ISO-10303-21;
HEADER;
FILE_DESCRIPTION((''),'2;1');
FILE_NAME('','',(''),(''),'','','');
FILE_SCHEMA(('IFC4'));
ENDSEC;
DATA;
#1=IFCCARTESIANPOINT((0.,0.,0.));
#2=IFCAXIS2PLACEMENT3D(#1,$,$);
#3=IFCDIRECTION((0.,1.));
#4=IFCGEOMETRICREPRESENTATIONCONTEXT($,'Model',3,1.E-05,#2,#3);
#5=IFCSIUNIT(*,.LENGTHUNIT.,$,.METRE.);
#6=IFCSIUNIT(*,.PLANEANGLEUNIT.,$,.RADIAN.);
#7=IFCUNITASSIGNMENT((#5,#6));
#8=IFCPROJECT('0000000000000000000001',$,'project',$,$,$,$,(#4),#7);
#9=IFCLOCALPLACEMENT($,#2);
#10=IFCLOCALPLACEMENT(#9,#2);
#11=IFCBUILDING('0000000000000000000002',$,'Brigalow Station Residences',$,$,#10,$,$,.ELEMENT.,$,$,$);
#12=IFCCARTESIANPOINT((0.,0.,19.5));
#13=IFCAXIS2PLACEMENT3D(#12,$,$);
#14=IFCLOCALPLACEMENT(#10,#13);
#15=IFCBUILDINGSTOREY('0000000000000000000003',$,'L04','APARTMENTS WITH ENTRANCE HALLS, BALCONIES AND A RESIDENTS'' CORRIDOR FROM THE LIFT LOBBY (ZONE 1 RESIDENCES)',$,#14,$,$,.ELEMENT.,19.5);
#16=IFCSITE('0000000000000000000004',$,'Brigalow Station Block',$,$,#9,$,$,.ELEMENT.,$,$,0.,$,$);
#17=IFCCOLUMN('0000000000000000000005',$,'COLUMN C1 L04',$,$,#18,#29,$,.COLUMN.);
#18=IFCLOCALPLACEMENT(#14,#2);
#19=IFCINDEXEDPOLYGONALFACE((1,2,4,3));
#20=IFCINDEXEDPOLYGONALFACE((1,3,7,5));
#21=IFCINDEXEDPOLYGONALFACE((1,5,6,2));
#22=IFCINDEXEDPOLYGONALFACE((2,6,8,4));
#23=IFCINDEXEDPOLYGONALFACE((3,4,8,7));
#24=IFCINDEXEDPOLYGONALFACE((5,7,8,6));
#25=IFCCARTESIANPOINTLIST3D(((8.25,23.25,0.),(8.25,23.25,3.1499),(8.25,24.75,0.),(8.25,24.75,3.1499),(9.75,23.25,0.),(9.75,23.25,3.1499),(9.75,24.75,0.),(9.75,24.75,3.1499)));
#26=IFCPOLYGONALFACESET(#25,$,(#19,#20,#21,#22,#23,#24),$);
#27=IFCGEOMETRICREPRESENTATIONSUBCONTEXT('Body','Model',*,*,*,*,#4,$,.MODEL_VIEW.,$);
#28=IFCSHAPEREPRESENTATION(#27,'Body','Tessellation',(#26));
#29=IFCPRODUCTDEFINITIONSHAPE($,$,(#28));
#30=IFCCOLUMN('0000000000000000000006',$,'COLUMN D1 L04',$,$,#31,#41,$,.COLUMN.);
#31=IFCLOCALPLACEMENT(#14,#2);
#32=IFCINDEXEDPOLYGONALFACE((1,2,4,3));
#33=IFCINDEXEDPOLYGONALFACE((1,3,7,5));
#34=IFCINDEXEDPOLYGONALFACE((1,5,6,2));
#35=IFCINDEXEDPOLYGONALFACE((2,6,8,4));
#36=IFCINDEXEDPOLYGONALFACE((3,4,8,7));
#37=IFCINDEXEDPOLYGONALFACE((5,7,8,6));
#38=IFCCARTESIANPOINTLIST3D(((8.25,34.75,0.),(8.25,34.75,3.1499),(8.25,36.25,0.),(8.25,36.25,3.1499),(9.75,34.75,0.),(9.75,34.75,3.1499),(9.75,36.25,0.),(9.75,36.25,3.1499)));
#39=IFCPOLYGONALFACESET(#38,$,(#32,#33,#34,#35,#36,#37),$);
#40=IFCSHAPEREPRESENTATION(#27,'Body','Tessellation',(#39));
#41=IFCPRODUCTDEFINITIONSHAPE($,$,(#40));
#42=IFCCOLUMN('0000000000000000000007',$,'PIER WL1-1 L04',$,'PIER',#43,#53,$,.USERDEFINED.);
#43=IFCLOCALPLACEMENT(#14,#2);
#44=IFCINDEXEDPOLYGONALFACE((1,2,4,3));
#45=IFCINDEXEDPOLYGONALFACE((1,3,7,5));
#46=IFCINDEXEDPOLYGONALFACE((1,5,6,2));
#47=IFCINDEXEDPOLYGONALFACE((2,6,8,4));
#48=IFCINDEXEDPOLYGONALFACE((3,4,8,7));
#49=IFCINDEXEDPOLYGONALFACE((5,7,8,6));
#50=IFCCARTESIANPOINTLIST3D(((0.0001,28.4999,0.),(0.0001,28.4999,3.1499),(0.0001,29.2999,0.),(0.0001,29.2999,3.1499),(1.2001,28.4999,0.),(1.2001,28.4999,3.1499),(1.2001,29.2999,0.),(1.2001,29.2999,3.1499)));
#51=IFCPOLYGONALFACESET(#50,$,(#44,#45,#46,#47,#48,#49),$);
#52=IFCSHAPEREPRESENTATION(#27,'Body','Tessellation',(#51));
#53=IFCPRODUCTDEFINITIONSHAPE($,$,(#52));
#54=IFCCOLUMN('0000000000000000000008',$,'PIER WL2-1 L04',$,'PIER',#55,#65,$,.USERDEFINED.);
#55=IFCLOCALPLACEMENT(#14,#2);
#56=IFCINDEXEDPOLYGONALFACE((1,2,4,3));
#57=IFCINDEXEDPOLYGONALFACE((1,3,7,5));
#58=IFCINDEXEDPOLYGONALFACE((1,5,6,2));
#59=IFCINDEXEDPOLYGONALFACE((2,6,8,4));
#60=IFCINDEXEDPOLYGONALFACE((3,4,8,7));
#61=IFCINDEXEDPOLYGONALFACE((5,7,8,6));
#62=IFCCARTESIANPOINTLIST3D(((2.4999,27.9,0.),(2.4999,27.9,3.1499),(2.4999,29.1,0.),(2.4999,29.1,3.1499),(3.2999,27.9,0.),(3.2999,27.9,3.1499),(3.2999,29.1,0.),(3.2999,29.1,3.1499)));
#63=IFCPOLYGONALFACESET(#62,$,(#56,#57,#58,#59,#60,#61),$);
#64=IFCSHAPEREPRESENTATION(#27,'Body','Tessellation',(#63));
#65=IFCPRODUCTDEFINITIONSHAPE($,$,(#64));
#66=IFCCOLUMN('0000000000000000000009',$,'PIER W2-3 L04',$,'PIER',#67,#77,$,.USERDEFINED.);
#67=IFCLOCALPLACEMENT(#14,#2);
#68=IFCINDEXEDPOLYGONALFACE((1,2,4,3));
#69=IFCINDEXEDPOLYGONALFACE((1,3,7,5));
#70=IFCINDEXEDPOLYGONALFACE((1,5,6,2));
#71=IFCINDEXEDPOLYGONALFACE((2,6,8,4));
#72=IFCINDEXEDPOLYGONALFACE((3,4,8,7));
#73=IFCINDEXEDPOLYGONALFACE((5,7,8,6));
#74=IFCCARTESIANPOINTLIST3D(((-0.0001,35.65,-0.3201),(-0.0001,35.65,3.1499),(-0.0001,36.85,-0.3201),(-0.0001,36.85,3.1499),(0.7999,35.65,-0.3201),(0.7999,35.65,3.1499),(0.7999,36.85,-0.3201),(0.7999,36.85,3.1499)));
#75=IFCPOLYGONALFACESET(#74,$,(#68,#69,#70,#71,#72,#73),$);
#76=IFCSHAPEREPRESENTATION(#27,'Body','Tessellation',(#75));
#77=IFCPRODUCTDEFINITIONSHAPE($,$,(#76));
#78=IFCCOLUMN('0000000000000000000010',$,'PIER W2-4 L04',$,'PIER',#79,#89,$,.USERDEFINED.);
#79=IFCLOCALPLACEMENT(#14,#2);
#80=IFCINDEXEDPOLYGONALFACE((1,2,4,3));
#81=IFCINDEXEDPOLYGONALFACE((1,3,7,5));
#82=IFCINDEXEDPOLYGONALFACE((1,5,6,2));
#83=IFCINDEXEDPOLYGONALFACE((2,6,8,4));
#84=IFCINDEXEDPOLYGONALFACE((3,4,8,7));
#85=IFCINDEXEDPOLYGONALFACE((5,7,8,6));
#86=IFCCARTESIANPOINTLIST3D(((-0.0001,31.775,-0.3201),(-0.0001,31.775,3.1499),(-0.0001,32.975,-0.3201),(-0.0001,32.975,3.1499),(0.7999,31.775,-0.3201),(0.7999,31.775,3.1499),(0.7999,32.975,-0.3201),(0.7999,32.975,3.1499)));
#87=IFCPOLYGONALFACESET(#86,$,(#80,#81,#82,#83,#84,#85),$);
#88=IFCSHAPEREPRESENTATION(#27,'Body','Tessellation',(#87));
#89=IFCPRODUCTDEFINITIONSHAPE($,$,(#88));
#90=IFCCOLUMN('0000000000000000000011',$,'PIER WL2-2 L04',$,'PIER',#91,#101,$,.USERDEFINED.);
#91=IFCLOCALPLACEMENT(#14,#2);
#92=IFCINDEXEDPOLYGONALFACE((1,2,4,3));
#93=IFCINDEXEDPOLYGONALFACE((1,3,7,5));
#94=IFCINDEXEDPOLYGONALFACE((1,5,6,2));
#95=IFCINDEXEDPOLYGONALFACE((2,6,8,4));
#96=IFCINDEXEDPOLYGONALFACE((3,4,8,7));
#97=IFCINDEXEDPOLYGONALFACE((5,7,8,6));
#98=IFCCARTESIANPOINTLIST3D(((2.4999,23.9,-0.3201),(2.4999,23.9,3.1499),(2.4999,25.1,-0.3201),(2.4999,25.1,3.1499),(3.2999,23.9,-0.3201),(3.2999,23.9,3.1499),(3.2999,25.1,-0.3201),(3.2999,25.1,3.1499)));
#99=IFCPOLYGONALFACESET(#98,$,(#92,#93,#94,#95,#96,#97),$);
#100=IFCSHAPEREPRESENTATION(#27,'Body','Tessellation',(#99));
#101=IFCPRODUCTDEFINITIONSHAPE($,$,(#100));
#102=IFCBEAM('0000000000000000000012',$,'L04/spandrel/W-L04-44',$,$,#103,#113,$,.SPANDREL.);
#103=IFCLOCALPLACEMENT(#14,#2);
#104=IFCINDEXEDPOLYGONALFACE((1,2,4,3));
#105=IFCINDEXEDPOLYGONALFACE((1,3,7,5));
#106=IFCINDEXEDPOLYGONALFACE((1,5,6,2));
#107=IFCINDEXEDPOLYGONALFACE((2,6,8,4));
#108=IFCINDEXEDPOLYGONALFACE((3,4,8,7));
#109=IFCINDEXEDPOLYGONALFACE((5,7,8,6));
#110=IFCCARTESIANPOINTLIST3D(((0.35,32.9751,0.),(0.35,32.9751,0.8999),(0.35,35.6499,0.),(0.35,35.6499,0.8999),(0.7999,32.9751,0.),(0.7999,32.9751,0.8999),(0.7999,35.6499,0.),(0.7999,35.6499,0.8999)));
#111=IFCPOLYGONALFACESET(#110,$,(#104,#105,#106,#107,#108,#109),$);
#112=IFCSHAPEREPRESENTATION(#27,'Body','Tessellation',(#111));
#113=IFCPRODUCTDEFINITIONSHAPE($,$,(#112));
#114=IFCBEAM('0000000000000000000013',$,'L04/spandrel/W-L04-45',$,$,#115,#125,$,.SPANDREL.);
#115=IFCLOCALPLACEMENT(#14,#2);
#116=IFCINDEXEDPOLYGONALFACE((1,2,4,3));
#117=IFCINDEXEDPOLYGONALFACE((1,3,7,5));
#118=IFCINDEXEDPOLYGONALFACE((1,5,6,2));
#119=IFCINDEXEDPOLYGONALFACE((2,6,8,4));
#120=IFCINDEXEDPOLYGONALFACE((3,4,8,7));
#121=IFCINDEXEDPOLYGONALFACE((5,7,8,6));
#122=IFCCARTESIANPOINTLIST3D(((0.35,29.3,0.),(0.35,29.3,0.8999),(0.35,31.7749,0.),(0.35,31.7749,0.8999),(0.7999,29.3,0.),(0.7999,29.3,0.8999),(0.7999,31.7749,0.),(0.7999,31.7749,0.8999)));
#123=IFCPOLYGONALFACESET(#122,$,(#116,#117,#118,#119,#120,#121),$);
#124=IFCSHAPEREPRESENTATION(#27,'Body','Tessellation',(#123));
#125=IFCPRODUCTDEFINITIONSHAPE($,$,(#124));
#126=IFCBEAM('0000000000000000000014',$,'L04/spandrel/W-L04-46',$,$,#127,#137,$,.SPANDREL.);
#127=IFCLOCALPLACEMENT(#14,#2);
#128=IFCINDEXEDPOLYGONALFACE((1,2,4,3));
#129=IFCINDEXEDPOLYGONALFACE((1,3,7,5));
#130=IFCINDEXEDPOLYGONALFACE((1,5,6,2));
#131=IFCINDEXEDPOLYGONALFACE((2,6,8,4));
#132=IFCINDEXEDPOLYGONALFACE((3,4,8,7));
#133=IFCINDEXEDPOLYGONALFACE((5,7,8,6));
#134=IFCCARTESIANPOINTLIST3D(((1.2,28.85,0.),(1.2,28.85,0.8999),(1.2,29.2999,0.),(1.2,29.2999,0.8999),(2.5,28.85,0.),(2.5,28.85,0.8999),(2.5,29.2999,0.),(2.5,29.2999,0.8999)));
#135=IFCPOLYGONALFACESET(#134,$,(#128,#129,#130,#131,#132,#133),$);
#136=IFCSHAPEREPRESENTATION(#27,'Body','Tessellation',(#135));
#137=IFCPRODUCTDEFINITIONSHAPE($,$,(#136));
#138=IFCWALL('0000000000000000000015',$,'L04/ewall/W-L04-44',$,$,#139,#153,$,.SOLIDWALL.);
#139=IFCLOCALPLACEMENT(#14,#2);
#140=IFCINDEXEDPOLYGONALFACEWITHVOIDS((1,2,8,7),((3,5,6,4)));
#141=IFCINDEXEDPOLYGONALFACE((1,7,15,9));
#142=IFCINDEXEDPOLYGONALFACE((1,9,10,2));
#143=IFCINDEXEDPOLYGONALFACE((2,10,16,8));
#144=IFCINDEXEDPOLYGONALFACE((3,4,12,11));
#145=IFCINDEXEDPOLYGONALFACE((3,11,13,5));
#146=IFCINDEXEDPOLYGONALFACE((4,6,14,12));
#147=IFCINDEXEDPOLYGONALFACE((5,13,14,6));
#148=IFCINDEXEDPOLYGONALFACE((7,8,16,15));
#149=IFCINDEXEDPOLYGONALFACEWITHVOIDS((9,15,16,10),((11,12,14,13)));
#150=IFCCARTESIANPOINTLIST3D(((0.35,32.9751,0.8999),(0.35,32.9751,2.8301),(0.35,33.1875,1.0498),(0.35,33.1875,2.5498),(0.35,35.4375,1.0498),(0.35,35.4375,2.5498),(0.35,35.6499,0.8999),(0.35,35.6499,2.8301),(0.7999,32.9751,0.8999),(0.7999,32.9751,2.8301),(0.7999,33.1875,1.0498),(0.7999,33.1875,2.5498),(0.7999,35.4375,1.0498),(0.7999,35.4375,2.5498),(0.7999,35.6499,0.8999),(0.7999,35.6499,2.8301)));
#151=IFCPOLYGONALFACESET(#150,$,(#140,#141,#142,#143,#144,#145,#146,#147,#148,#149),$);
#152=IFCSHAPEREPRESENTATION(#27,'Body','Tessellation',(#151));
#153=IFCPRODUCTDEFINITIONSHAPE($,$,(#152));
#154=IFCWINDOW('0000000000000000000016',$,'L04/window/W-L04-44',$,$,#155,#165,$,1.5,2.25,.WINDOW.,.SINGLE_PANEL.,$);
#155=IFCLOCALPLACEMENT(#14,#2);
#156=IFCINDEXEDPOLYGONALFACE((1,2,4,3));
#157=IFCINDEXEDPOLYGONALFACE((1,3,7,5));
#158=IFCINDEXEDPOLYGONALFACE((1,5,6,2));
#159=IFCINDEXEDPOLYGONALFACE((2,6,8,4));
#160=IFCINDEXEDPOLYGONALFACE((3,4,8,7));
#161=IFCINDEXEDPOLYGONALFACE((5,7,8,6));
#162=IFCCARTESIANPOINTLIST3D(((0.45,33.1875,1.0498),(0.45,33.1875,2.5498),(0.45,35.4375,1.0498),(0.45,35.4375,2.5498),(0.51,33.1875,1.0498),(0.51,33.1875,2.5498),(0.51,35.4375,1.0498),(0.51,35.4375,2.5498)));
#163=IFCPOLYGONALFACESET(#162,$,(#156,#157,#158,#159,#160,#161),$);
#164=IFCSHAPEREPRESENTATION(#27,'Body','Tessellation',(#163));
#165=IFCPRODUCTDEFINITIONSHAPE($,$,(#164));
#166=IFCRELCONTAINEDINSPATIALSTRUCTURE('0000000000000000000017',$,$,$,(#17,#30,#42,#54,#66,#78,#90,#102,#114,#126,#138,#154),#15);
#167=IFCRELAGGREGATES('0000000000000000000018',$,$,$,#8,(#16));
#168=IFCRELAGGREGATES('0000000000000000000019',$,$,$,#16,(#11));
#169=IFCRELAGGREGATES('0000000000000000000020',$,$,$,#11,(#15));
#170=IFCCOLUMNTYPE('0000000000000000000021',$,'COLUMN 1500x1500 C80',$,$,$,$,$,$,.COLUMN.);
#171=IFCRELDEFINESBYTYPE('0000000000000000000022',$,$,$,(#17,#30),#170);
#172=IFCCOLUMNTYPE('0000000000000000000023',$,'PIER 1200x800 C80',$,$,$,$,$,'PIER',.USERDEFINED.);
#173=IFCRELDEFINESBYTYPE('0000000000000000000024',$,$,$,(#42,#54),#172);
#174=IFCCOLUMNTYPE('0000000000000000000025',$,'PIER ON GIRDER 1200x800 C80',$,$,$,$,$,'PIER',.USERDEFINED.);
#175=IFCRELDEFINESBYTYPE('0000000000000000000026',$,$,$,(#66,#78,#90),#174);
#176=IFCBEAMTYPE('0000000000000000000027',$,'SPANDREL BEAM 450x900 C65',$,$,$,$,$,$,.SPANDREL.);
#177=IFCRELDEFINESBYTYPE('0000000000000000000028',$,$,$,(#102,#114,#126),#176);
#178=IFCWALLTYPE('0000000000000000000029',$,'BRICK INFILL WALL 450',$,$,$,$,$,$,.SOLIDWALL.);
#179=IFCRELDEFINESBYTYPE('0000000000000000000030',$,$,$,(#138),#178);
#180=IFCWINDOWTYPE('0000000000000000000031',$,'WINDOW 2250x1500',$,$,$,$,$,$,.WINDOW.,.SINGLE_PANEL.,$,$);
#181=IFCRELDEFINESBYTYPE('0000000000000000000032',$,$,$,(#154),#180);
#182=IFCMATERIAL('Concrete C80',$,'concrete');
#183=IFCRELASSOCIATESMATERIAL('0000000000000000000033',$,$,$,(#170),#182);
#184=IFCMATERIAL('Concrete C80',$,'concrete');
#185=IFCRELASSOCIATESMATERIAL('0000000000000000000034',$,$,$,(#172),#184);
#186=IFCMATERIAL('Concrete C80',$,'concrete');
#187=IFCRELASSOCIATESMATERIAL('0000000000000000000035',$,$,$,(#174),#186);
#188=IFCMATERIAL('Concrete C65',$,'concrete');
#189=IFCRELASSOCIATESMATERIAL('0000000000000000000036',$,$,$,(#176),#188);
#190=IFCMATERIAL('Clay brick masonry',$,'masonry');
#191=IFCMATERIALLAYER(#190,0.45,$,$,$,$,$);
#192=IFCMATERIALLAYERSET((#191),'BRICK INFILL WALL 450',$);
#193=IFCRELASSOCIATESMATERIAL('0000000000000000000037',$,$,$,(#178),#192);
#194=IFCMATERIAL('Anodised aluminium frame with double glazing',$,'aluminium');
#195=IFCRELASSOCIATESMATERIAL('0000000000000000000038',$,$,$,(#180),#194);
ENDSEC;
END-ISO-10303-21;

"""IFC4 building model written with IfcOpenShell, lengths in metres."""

from ifc_helpers import new_model, si_unit, direction, frame, frame_2d, origin, origin_2d, place, context, subcontext, project, spatial, rectangle, extrude, material, layer, layer_set, material_profile, profile_set, type_object, element, fill, save


model = new_model("IFC4")

# Units and contexts
model_context = context("Model", 3, precision=1e-05, world=origin(), true_north=direction((0.0, 1.0)))
body_context = subcontext(model_context, "Body", "Model", "MODEL_VIEW")
ifc_project = project(units=[si_unit("LENGTHUNIT", "METRE"), si_unit("PLANEANGLEUNIT", "RADIAN")], contexts=[model_context])

# Site, building, storey
site_placement = place(None, origin())
site = spatial("IfcSite", under=ifc_project, at=site_placement, Name="Brigalow Station Block", CompositionType="ELEMENT", RefElevation=0.0)
building_placement = place(site_placement, origin())
building = spatial("IfcBuilding", under=site, at=building_placement, Name="Brigalow Station Residences", CompositionType="ELEMENT")
storey_placement = place(building_placement, frame((0.0, 0.0, 19.5)))
storey = spatial("IfcBuildingStorey", under=building, at=storey_placement, Name="L04", Description="APARTMENTS WITH ENTRANCE HALLS, BALCONIES AND A RESIDENTS' CORRIDOR FROM THE LIFT LOBBY (ZONE 1 RESIDENCES)", CompositionType="ELEMENT", Elevation=19.5)

# Columns
ifc_material_1 = material(Name="Concrete C80", Category="concrete")
ifc_material_profile_1 = material_profile(ifc_material_1, rectangle(XDim=1.5, YDim=1.5, at=origin_2d()), Name="RC1500x1500")
ifc_profile_set_1 = profile_set([ifc_material_profile_1], Name="Concrete C80")
column_type_1 = type_object("IfcColumnType", Name="COLUMN 1500x1500 C80", PredefinedType="COLUMN", material=ifc_profile_set_1)
for number, where, z_axis, x_axis, name in (
    (1, (9.0, 24.0, 0.0), (0.0, 0.0, 1.0), (1.0, 0.0, 0.0), "COLUMN C1 L04"),
    (2, (9.0, 35.5, 0.0), (0.0, 0.0, 1.0), (1.0, 0.0, 0.0), "COLUMN D1 L04"),
):
    element("IfcColumn", number, at=place(storey_placement, frame(where, z_axis=z_axis, x_axis=x_axis)), inside=storey, type_object=column_type_1, Name=name, PredefinedType="COLUMN", context=body_context, shape_type="SweptSolid", body=[
        extrude(rectangle(XDim=1.5, YDim=1.5, at=origin_2d()), origin(), (0.0, 0.0, 1.0), 3.1499),
    ])
ifc_material_2 = material(Name="Concrete C80", Category="concrete")
ifc_material_profile_2 = material_profile(ifc_material_2, rectangle(XDim=1.2, YDim=0.8, at=origin_2d()), Name="RC1200x800")
ifc_profile_set_2 = profile_set([ifc_material_profile_2], Name="Concrete C80")
column_type_2 = type_object("IfcColumnType", Name="PIER 1200x800 C80", ElementType="PIER", PredefinedType="USERDEFINED", material=ifc_profile_set_2)
for number, where, z_axis, x_axis, name in (
    (3, (0.6001, 28.8999, 0.0), (0.0, 0.0, 1.0), (1.0, 0.0, 0.0), "PIER WL1-1 L04"),
    (4, (2.8999, 28.5, 0.0), (0.0, 0.0, 1.0), (0.0, -1.0, 0.0), "PIER WL2-1 L04"),
):
    element("IfcColumn", number, at=place(storey_placement, frame(where, z_axis=z_axis, x_axis=x_axis)), inside=storey, type_object=column_type_2, Name=name, ObjectType="PIER", PredefinedType="USERDEFINED", context=body_context, shape_type="SweptSolid", body=[
        extrude(rectangle(XDim=1.2, YDim=0.8, at=origin_2d()), origin(), (0.0, 0.0, 1.0), 3.1499),
    ])
ifc_material_3 = material(Name="Concrete C80", Category="concrete")
ifc_material_profile_3 = material_profile(ifc_material_3, rectangle(XDim=1.2, YDim=0.8, at=origin_2d()), Name="RC1200x800")
ifc_profile_set_3 = profile_set([ifc_material_profile_3], Name="Concrete C80")
column_type_3 = type_object("IfcColumnType", Name="PIER ON GIRDER 1200x800 C80", ElementType="PIER", PredefinedType="USERDEFINED", material=ifc_profile_set_3)
for number, where, z_axis, x_axis, name in (
    (5, (0.3999, 36.25, -0.3201), (0.0, 0.0, 1.0), (0.0, -1.0, 0.0), "PIER W2-3 L04"),
    (6, (0.3999, 32.375, -0.3201), (0.0, 0.0, 1.0), (0.0, -1.0, 0.0), "PIER W2-4 L04"),
    (7, (2.8999, 24.5, -0.3201), (0.0, 0.0, 1.0), (0.0, -1.0, 0.0), "PIER WL2-2 L04"),
):
    element("IfcColumn", number, at=place(storey_placement, frame(where, z_axis=z_axis, x_axis=x_axis)), inside=storey, type_object=column_type_3, Name=name, ObjectType="PIER", PredefinedType="USERDEFINED", context=body_context, shape_type="SweptSolid", body=[
        extrude(rectangle(XDim=1.2, YDim=0.8, at=origin_2d()), origin(), (0.0, 0.0, 1.0), 3.47),
    ])

# Beams
ifc_material_4 = material(Name="Concrete C65", Category="concrete")
ifc_material_profile_4 = material_profile(ifc_material_4, rectangle(XDim=0.45, YDim=0.8999, at=origin_2d()), Name="RC450x900")
ifc_profile_set_4 = profile_set([ifc_material_profile_4], Name="Concrete C65")
beam_type = type_object("IfcBeamType", Name="SPANDREL BEAM 450x900 C65", PredefinedType="SPANDREL", material=ifc_profile_set_4)
beam_1_placement = place(storey_placement, frame((0.575, 35.6499, 0.45), z_axis=(0.0, -1.0, 0.0), x_axis=(1.0, 0.0, 0.0)))
element("IfcBeam", 8, at=beam_1_placement, inside=storey, type_object=beam_type, Name="L04/spandrel/W-L04-44", PredefinedType="SPANDREL", context=body_context, shape_type="SweptSolid", body=[
    extrude(rectangle(XDim=0.45, YDim=0.8999, at=origin_2d()), origin(), (0.0, 0.0, 1.0), 2.6748),
])
beam_2_placement = place(storey_placement, frame((0.575, 31.7749, 0.45), z_axis=(0.0, -1.0, 0.0), x_axis=(1.0, 0.0, 0.0)))
element("IfcBeam", 9, at=beam_2_placement, inside=storey, type_object=beam_type, Name="L04/spandrel/W-L04-45", PredefinedType="SPANDREL", context=body_context, shape_type="SweptSolid", body=[
    extrude(rectangle(XDim=0.45, YDim=0.8999, at=origin_2d()), origin(), (0.0, 0.0, 1.0), 2.4749),
])
beam_3_placement = place(storey_placement, frame((1.2, 29.075, 0.45), z_axis=(1.0, 0.0, 0.0), x_axis=(0.0, 1.0, 0.0)))
element("IfcBeam", 10, at=beam_3_placement, inside=storey, type_object=beam_type, Name="L04/spandrel/W-L04-46", PredefinedType="SPANDREL", context=body_context, shape_type="SweptSolid", body=[
    extrude(rectangle(XDim=0.45, YDim=0.8999, at=origin_2d()), origin(), (0.0, 0.0, 1.0), 1.3),
])

# Wall, opening, window
ifc_material_5 = material(Name="Clay brick masonry", Category="masonry")
ifc_layer_1 = layer(ifc_material_5, 0.45)
ifc_layer_set_1 = layer_set([ifc_layer_1], Name="BRICK INFILL WALL 450")
wall_type_1 = type_object("IfcWallType", Name="BRICK INFILL WALL 450", PredefinedType="SOLIDWALL", material=ifc_layer_set_1)
wall_1_placement = place(storey_placement, frame((0.575, 35.6499, 0.8999), z_axis=(0.0, 0.0, 1.0), x_axis=(0.0, -1.0, 0.0)))
wall_1 = element("IfcWall", 11, at=wall_1_placement, inside=storey, type_object=wall_type_1, Name="L04/ewall/W-L04-44", PredefinedType="SOLIDWALL", context=body_context, shape_type="SweptSolid", body=[
    extrude(rectangle(XDim=2.6748, YDim=0.45, at=frame_2d((1.3374, 0.0))), origin(), (0.0, 0.0, 1.0), 1.9302),
])
opening_1_placement = place(wall_1_placement, frame((0.2124, 0.0, 0.1499)))
opening_1 = element("IfcOpeningElement", 12, at=opening_1_placement, cuts=wall_1, PredefinedType="OPENING", context=body_context, shape_type="SweptSolid", body=[
    extrude(rectangle(XDim=2.25, YDim=1.5, at=frame_2d((1.125, 0.75))), frame((0.0, 0.2349, 0.0), z_axis=(0.0, -1.0, 0.0), x_axis=(1.0, 0.0, 0.0)), (0.0, 0.0, 1.0), 0.47),
])
ifc_material_6 = material(Name="Anodised aluminium frame with double glazing", Category="aluminium")
window_type_1 = type_object("IfcWindowType", Name="WINDOW 2250x1500", PartitioningType="SINGLE_PANEL", PredefinedType="WINDOW", material=ifc_material_6)
window_1_placement = place(opening_1_placement, origin())
window_1 = element("IfcWindow", 13, at=window_1_placement, inside=storey, type_object=window_type_1, Name="L04/window/W-L04-44", OverallHeight=1.5, OverallWidth=2.25, PartitioningType="SINGLE_PANEL", PredefinedType="WINDOW", context=body_context, shape_type="SweptSolid", body=[
    extrude(rectangle(XDim=2.25, YDim=1.5, at=frame_2d((1.125, 0.75))), frame((0.0, -0.0649, 0.0), z_axis=(0.0, -1.0, 0.0), x_axis=(1.0, 0.0, 0.0)), (0.0, 0.0, 1.0), 0.0601),
])
fill(opening_1, window_1)

save(model, "model.ifc")
